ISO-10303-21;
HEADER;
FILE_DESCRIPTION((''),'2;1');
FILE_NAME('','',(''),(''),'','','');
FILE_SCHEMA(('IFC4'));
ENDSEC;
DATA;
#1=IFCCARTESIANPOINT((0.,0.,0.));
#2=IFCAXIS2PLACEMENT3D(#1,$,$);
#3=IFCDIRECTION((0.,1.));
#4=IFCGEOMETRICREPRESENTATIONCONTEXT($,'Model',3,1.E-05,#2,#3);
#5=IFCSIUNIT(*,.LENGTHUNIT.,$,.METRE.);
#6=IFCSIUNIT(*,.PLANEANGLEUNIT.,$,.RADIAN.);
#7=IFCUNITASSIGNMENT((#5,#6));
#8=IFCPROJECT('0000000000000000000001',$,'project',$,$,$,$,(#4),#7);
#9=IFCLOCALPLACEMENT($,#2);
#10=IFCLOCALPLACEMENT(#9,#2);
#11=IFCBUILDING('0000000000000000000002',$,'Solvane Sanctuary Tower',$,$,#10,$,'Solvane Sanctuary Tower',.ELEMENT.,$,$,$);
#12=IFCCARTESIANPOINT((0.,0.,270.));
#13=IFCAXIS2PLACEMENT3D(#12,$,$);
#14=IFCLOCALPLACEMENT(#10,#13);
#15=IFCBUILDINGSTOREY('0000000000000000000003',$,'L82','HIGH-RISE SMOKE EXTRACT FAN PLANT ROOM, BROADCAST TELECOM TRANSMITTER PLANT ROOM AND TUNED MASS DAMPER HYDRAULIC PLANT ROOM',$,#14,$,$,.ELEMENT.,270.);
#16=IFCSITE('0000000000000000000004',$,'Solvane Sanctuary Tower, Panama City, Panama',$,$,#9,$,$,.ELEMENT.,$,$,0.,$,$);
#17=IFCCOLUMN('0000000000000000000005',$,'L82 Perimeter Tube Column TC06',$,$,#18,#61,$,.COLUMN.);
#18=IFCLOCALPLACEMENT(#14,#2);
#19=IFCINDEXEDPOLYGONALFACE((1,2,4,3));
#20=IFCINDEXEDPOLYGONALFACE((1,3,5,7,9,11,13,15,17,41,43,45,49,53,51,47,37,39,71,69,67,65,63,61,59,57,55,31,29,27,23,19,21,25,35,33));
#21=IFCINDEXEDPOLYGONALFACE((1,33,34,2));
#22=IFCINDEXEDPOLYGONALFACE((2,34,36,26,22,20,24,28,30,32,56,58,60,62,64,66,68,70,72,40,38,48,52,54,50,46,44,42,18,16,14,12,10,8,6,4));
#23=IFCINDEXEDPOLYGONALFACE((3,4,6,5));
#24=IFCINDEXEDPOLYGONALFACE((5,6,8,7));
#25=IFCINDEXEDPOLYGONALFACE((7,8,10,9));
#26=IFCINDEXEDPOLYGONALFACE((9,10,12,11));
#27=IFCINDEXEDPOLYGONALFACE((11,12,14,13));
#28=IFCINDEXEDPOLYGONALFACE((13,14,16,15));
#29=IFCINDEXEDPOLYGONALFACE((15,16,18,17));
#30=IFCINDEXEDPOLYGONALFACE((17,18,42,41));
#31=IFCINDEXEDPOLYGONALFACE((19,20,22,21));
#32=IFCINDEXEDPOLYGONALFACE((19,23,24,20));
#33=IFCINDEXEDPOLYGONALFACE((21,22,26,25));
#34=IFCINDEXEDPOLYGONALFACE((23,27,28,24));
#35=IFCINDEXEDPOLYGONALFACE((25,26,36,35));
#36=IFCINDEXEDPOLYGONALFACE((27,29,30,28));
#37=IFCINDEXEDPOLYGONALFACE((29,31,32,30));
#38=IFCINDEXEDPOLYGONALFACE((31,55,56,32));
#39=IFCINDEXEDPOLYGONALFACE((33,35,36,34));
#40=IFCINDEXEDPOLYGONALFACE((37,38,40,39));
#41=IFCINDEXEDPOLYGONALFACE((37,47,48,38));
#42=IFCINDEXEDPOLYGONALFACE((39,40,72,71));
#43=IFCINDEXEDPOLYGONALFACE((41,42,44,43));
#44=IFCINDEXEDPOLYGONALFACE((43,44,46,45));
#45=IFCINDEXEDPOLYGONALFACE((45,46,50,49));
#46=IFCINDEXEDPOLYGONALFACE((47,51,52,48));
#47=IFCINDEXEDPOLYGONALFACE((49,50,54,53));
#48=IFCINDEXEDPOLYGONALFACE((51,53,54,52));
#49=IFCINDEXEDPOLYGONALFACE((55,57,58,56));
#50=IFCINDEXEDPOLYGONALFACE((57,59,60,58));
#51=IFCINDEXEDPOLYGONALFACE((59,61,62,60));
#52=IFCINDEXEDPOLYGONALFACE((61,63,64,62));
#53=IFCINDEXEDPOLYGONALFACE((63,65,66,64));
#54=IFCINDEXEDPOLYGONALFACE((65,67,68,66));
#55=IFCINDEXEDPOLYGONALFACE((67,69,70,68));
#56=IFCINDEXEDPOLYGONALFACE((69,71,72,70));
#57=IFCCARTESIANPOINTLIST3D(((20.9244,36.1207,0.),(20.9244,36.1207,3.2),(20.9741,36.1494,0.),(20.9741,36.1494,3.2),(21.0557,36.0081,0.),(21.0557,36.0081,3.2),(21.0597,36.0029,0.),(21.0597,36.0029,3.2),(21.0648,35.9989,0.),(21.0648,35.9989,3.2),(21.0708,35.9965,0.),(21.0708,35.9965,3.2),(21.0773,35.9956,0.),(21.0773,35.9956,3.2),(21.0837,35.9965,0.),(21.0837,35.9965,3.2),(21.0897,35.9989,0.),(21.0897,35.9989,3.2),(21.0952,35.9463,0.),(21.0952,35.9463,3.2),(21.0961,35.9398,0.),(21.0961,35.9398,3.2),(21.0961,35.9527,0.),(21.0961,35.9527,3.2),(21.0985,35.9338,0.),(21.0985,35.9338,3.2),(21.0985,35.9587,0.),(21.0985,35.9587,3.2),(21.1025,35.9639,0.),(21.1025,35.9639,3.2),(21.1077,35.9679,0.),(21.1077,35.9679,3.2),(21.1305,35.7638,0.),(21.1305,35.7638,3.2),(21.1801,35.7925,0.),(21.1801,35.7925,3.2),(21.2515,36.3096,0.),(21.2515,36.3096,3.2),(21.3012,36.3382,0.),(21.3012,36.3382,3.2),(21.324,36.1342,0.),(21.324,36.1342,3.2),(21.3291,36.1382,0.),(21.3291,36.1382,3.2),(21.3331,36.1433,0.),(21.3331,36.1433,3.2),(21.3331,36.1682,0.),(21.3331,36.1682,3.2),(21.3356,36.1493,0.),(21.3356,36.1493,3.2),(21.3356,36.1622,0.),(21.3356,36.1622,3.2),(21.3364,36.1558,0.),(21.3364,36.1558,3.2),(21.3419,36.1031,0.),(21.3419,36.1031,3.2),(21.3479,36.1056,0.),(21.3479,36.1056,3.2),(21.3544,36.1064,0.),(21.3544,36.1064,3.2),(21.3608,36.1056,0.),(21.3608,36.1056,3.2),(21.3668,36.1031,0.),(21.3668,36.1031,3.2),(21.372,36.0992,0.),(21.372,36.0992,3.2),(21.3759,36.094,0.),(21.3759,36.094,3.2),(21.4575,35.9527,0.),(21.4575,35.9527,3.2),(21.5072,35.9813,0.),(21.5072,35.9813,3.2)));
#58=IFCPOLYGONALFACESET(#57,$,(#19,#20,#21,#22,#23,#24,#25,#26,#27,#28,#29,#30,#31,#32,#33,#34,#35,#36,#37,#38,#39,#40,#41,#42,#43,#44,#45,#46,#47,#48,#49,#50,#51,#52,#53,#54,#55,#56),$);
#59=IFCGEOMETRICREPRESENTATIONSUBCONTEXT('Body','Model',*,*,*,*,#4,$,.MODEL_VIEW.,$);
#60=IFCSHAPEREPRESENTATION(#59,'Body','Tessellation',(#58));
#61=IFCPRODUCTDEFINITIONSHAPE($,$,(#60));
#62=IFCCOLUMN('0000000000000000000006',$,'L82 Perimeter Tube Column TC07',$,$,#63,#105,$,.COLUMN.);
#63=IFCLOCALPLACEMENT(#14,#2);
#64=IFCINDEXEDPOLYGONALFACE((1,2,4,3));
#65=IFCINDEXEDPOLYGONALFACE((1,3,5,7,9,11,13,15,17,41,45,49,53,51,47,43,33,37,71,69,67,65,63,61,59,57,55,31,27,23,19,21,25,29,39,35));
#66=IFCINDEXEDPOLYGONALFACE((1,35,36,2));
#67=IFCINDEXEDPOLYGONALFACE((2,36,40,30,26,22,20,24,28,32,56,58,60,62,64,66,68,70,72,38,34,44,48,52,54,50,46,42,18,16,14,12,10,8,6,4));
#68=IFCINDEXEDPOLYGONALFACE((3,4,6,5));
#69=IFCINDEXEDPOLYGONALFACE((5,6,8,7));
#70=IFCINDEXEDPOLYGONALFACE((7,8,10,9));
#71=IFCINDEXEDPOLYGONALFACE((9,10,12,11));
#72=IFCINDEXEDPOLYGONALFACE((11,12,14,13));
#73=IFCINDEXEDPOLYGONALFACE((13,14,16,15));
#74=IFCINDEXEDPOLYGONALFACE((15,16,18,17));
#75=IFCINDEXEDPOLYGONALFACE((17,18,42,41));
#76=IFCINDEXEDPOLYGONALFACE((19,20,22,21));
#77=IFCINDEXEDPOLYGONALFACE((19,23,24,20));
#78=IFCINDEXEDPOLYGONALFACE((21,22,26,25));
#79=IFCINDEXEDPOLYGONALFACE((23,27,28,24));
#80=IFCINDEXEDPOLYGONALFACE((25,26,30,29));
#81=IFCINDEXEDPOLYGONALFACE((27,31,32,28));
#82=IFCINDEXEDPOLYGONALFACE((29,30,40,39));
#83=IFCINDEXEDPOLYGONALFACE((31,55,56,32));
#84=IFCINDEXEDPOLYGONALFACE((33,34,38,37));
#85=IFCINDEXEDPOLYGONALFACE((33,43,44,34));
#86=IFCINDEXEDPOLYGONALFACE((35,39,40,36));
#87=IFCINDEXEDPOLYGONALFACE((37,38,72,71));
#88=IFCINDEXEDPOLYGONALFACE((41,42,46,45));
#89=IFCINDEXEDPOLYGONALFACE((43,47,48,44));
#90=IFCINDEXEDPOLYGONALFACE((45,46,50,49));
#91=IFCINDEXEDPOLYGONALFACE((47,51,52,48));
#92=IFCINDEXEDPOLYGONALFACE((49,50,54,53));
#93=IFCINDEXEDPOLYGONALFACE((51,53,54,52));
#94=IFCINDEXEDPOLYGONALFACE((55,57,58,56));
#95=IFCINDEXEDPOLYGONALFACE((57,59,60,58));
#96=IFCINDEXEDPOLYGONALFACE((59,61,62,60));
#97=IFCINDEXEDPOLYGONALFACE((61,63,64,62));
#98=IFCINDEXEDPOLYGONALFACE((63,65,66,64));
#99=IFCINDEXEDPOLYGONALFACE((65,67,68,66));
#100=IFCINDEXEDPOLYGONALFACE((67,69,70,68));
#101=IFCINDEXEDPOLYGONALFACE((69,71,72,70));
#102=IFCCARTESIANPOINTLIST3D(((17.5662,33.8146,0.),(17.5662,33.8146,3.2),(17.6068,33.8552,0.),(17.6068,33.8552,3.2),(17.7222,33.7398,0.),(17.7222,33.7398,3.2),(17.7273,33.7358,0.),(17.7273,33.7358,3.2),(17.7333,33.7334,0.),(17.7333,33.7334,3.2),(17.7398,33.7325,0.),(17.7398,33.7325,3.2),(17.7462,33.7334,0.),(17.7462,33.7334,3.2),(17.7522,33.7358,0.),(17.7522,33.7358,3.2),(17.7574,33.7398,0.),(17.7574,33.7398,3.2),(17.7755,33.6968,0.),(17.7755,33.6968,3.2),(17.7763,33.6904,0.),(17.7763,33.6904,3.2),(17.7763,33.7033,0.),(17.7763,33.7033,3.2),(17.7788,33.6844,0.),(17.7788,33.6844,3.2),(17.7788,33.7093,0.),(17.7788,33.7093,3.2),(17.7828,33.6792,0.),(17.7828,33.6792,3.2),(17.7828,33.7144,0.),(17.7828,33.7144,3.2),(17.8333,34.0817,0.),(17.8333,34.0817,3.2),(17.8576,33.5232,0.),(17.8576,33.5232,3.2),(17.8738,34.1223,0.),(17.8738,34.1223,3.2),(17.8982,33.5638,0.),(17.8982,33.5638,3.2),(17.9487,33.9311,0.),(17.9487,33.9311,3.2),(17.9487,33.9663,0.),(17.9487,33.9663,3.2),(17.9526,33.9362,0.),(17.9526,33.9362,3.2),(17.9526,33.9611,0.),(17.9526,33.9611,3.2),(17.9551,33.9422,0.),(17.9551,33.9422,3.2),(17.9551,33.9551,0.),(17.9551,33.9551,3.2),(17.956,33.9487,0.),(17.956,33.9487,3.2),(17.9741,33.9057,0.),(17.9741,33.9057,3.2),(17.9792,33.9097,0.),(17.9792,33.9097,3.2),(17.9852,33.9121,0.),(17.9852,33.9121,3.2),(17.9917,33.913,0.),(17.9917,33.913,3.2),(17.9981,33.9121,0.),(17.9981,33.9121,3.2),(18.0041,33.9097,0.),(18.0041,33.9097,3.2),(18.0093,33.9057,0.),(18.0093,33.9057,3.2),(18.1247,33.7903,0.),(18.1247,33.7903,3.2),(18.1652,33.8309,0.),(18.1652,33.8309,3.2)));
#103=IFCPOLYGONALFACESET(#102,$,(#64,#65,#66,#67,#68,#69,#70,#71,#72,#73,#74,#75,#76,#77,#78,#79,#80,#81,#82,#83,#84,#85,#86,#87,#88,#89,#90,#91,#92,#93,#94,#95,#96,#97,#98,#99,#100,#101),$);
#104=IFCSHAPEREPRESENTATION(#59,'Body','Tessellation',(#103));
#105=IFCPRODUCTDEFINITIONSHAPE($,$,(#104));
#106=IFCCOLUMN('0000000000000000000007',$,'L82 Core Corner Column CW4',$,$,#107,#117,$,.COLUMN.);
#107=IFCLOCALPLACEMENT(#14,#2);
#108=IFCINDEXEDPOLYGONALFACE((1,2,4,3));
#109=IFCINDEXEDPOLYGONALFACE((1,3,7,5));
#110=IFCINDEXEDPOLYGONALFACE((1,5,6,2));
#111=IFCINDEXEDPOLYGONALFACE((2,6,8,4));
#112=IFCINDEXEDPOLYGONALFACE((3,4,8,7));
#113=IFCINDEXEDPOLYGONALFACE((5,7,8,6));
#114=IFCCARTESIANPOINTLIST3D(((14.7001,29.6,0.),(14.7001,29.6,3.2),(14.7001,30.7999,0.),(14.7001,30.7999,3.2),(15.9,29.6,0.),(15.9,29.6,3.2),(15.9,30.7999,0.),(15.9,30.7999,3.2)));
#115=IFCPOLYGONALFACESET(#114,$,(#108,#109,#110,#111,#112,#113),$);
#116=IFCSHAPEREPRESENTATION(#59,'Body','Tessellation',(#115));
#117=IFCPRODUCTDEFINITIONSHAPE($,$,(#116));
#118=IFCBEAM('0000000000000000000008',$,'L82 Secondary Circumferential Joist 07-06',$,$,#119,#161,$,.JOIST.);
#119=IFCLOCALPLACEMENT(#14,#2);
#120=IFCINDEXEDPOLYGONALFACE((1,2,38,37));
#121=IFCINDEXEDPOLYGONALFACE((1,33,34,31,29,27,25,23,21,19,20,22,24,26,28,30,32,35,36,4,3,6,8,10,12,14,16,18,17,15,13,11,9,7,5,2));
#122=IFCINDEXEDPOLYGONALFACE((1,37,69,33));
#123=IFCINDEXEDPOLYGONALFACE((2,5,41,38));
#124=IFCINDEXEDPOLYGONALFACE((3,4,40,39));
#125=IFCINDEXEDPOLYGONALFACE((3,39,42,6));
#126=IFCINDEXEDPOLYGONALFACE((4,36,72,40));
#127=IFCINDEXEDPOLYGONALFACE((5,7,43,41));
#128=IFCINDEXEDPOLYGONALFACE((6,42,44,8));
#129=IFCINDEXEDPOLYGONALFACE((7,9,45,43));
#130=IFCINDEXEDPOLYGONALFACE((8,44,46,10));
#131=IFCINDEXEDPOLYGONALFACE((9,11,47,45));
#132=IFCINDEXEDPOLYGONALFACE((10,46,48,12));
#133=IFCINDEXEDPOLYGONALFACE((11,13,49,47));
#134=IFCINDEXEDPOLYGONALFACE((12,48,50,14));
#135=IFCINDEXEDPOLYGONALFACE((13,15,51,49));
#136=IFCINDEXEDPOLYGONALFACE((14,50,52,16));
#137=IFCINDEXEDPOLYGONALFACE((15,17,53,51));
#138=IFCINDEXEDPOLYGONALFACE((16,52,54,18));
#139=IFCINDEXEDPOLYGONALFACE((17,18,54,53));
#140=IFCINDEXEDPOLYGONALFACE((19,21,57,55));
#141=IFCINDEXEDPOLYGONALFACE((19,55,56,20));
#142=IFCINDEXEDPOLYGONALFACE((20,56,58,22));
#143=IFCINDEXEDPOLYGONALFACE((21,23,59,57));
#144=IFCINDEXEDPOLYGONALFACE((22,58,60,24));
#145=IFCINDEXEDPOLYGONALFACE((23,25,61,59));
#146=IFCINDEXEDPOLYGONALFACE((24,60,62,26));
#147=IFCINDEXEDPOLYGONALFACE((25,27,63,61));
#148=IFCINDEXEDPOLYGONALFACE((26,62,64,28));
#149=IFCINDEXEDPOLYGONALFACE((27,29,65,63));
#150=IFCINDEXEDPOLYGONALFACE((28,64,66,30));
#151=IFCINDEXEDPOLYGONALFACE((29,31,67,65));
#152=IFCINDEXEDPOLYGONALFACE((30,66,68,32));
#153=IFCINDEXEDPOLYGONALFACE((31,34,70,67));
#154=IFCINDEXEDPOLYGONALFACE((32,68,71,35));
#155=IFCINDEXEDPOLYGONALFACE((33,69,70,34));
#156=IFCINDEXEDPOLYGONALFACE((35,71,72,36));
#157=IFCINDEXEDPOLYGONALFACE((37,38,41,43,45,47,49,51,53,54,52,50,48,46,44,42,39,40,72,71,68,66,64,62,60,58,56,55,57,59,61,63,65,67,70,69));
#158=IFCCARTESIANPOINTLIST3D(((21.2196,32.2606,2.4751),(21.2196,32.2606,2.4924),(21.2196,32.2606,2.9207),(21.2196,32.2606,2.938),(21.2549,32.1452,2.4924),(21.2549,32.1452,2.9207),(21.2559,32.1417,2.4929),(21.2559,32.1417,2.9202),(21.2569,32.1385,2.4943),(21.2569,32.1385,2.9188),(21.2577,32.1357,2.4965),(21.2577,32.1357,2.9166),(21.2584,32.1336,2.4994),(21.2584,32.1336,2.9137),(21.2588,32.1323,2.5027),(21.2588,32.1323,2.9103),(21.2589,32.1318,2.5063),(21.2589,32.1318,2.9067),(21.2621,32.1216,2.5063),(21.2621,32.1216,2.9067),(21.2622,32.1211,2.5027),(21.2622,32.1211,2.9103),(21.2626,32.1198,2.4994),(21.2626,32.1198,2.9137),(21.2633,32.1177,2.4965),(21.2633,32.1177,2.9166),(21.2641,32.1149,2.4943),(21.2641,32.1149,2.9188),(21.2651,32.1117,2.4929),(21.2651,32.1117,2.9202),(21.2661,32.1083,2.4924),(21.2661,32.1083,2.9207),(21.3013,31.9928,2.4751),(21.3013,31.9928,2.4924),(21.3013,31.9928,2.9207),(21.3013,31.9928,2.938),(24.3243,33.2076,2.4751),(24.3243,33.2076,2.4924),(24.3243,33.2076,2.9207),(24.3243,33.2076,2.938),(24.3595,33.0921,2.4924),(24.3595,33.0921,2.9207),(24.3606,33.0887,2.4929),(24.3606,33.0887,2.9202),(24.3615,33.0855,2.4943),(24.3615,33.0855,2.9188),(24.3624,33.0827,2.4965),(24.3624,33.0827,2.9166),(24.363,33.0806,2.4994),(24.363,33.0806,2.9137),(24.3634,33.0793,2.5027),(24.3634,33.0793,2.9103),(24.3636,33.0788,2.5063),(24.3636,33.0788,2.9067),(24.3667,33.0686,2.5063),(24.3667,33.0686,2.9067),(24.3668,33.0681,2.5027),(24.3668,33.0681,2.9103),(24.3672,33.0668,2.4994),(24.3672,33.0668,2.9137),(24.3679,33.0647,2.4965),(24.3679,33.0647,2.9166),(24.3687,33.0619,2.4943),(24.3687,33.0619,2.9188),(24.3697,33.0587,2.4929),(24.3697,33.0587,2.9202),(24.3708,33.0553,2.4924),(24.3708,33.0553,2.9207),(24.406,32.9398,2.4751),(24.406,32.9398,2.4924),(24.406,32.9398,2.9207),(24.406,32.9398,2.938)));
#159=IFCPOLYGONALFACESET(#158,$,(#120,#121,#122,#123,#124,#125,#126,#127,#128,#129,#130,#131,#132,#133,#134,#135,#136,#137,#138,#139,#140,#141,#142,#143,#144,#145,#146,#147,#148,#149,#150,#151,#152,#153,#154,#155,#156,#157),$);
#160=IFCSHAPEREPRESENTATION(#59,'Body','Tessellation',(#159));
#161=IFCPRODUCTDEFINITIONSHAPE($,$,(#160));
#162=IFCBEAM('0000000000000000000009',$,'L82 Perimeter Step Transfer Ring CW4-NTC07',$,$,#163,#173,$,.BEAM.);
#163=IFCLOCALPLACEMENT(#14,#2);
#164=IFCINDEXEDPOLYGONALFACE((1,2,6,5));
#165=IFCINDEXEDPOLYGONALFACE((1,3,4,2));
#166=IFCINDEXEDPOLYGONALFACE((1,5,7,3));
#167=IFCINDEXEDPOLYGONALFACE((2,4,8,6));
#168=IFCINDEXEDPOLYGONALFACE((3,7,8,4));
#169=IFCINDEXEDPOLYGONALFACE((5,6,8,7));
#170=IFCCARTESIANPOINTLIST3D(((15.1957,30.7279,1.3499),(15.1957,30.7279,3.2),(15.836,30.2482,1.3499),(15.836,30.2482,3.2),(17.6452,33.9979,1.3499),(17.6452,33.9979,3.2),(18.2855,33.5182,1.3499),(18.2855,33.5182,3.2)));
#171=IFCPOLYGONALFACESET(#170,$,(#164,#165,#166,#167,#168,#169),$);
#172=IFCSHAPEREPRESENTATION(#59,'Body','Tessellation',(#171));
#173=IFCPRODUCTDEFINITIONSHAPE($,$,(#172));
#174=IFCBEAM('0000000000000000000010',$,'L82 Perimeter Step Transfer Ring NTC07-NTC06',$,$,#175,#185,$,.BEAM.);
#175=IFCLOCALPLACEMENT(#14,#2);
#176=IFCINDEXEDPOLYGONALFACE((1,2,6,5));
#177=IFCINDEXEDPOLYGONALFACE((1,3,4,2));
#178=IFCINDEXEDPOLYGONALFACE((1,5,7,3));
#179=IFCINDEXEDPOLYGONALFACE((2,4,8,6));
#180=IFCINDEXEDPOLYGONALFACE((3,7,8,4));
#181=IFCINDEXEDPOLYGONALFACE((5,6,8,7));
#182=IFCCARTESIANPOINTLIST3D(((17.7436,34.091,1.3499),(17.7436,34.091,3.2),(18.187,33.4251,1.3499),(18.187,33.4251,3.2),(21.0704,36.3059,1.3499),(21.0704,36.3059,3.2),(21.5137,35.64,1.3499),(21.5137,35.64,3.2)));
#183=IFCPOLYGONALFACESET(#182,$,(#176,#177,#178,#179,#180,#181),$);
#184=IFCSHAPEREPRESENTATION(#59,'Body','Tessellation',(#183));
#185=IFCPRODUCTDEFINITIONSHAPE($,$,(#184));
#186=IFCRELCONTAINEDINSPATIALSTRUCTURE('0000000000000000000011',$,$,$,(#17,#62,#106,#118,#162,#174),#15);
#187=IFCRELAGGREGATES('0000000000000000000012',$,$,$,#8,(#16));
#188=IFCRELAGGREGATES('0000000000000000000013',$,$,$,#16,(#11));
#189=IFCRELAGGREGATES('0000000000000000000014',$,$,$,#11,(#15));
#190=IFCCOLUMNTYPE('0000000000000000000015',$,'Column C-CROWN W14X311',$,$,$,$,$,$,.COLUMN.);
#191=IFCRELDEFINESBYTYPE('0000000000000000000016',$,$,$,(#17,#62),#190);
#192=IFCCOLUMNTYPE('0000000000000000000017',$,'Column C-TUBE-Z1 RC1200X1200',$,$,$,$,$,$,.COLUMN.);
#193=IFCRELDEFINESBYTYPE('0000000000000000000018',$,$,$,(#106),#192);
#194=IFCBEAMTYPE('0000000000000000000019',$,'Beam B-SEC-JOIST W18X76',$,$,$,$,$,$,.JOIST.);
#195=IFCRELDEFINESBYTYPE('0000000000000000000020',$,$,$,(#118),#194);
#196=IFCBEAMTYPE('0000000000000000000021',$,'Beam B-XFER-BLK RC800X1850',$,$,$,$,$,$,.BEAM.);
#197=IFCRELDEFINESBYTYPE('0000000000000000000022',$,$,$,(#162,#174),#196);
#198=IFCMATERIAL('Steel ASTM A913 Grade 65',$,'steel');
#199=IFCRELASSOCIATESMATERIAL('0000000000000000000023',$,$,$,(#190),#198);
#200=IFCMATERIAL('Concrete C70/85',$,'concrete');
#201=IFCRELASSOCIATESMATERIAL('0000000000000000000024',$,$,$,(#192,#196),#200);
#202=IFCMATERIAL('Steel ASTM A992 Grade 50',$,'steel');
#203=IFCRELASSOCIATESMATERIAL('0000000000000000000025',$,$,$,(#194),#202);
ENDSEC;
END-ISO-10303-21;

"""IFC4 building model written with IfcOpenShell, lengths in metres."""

from ifc_helpers import new_model, si_unit, direction, frame, origin, origin_2d, place, context, subcontext, project, spatial, rectangle, i_section, extrude, material, material_profile, profile_set, type_object, element, save


model = new_model("IFC4")

# Units and contexts
model_context = context("Model", 3, precision=1e-05, world=origin(), true_north=direction((0.0, 1.0)))
body_context = subcontext(model_context, "Body", "Model", "MODEL_VIEW")
ifc_project = project(units=[si_unit("LENGTHUNIT", "METRE"), si_unit("PLANEANGLEUNIT", "RADIAN")], contexts=[model_context])

# Site, building, storey
site_placement = place(None, origin())
site = spatial("IfcSite", under=ifc_project, at=site_placement, Name="Solvane Sanctuary Tower, Panama City, Panama", CompositionType="ELEMENT", RefElevation=0.0)
building_placement = place(site_placement, origin())
building = spatial("IfcBuilding", under=site, at=building_placement, Name="Solvane Sanctuary Tower", LongName="Solvane Sanctuary Tower", CompositionType="ELEMENT")
storey_placement = place(building_placement, frame((0.0, 0.0, 270.0)))
storey = spatial("IfcBuildingStorey", under=building, at=storey_placement, Name="L82", Description="HIGH-RISE SMOKE EXTRACT FAN PLANT ROOM, BROADCAST TELECOM TRANSMITTER PLANT ROOM AND TUNED MASS DAMPER HYDRAULIC PLANT ROOM", CompositionType="ELEMENT", Elevation=270.0)

# Columns
ifc_material_1 = material(Name="Steel ASTM A913 Grade 65", Category="steel")
ifc_material_profile_1 = material_profile(ifc_material_1, i_section(OverallWidth=0.4121, OverallDepth=0.4351, WebThickness=0.0359, FlangeThickness=0.0574, FilletRadius=0.0249, at=origin_2d()), Name="W14X311")
ifc_profile_set_1 = profile_set([ifc_material_profile_1], Name="Steel ASTM A913 Grade 65")
column_type_1 = type_object("IfcColumnType", Name="Column C-CROWN W14X311", PredefinedType="COLUMN", material=ifc_profile_set_1)
for number, where, z_axis, x_axis, name in (
    (1, (21.2158, 36.051, 0.0), (0.0, 0.0, 1.0), (-0.5, 0.866025, 0.0), "L82 Perimeter Tube Column TC06"),
    (2, (17.8657, 33.8228, 0.0), (0.0, 0.0, 1.0), (-0.707107, 0.707107, 0.0), "L82 Perimeter Tube Column TC07"),
):
    element("IfcColumn", number, at=place(storey_placement, frame(where, z_axis=z_axis, x_axis=x_axis)), inside=storey, type_object=column_type_1, Name=name, PredefinedType="COLUMN", context=body_context, shape_type="SweptSolid", body=[
        extrude(i_section(OverallWidth=0.4121, OverallDepth=0.4351, WebThickness=0.0359, FlangeThickness=0.0574, FilletRadius=0.0249, at=origin_2d()), origin(), (0.0, 0.0, 1.0), 3.2),
    ])
ifc_material_2 = material(Name="Concrete C70/85", Category="concrete")
ifc_material_profile_2 = material_profile(ifc_material_2, rectangle(XDim=1.2, YDim=1.2, at=origin_2d()), Name="RC1200X1200")
ifc_profile_set_2 = profile_set([ifc_material_profile_2], Name="Concrete C70/85")
column_type_2 = type_object("IfcColumnType", Name="Column C-TUBE-Z1 RC1200X1200", PredefinedType="COLUMN", material=ifc_profile_set_2)
column_placement = place(storey_placement, frame((15.3, 30.2, 0.0), z_axis=(0.0, 0.0, 1.0), x_axis=(1.0, 0.0, 0.0)))
element("IfcColumn", 3, at=column_placement, inside=storey, type_object=column_type_2, Name="L82 Core Corner Column CW4", PredefinedType="COLUMN", context=body_context, shape_type="SweptSolid", body=[
    extrude(rectangle(XDim=1.2, YDim=1.2, at=origin_2d()), origin(), (0.0, 0.0, 1.0), 3.2),
])

# Beams
ifc_material_3 = material(Name="Steel ASTM A992 Grade 50", Category="steel")
ifc_material_profile_3 = material_profile(ifc_material_3, i_section(OverallWidth=0.28, OverallDepth=0.4629, WebThickness=0.0107, FlangeThickness=0.0173, FilletRadius=0.0139, at=origin_2d()), Name="W18X76")
ifc_profile_set_3 = profile_set([ifc_material_profile_3], Name="Steel ASTM A992 Grade 50")
beam_type_1 = type_object("IfcBeamType", Name="Beam B-SEC-JOIST W18X76", PredefinedType="JOIST", material=ifc_profile_set_3)
beam_1_placement = place(storey_placement, frame((21.2605, 32.1267, 2.7065), z_axis=(0.956493, 0.291754, 0.0), x_axis=(-0.291754, 0.956493, 0.0)))
element("IfcBeam", 4, at=beam_1_placement, inside=storey, type_object=beam_type_1, Name="L82 Secondary Circumferential Joist 07-06", PredefinedType="JOIST", context=body_context, shape_type="SweptSolid", body=[
    extrude(i_section(OverallWidth=0.28, OverallDepth=0.4629, WebThickness=0.0107, FlangeThickness=0.0173, FilletRadius=0.0139, at=origin_2d()), origin(), (0.0, 0.0, 1.0), 3.2458),
])
ifc_material_profile_4 = material_profile(ifc_material_2, rectangle(XDim=0.8, YDim=1.8501, at=origin_2d()), Name="RC800X1850")
ifc_profile_set_4 = profile_set([ifc_material_profile_4], Name="Concrete C70/85")
beam_type_2 = type_object("IfcBeamType", Name="Beam B-XFER-BLK RC800X1850", PredefinedType="BEAM", material=ifc_profile_set_4)
beam_2_placement = place(storey_placement, frame((15.5159, 30.488, 2.2749), z_axis=(0.599522, 0.800358, 0.0), x_axis=(-0.800358, 0.599522, 0.0)))
element("IfcBeam", 5, at=beam_2_placement, inside=storey, type_object=beam_type_2, Name="L82 Perimeter Step Transfer Ring CW4-NTC07", PredefinedType="BEAM", context=body_context, shape_type="SweptSolid", body=[
    extrude(rectangle(XDim=0.8, YDim=1.8501, at=origin_2d()), origin(), (0.0, 0.0, 1.0), 4.0857),
])
beam_3_placement = place(storey_placement, frame((17.9653, 33.7581, 2.2749), z_axis=(0.832388, 0.554193, 0.0), x_axis=(-0.554193, 0.832388, 0.0)))
element("IfcBeam", 6, at=beam_3_placement, inside=storey, type_object=beam_type_2, Name="L82 Perimeter Step Transfer Ring NTC07-NTC06", PredefinedType="BEAM", context=body_context, shape_type="SweptSolid", body=[
    extrude(rectangle(XDim=0.8, YDim=1.8501, at=origin_2d()), origin(), (0.0, 0.0, 1.0), 3.9966),
])

save(model, "model.ifc")
